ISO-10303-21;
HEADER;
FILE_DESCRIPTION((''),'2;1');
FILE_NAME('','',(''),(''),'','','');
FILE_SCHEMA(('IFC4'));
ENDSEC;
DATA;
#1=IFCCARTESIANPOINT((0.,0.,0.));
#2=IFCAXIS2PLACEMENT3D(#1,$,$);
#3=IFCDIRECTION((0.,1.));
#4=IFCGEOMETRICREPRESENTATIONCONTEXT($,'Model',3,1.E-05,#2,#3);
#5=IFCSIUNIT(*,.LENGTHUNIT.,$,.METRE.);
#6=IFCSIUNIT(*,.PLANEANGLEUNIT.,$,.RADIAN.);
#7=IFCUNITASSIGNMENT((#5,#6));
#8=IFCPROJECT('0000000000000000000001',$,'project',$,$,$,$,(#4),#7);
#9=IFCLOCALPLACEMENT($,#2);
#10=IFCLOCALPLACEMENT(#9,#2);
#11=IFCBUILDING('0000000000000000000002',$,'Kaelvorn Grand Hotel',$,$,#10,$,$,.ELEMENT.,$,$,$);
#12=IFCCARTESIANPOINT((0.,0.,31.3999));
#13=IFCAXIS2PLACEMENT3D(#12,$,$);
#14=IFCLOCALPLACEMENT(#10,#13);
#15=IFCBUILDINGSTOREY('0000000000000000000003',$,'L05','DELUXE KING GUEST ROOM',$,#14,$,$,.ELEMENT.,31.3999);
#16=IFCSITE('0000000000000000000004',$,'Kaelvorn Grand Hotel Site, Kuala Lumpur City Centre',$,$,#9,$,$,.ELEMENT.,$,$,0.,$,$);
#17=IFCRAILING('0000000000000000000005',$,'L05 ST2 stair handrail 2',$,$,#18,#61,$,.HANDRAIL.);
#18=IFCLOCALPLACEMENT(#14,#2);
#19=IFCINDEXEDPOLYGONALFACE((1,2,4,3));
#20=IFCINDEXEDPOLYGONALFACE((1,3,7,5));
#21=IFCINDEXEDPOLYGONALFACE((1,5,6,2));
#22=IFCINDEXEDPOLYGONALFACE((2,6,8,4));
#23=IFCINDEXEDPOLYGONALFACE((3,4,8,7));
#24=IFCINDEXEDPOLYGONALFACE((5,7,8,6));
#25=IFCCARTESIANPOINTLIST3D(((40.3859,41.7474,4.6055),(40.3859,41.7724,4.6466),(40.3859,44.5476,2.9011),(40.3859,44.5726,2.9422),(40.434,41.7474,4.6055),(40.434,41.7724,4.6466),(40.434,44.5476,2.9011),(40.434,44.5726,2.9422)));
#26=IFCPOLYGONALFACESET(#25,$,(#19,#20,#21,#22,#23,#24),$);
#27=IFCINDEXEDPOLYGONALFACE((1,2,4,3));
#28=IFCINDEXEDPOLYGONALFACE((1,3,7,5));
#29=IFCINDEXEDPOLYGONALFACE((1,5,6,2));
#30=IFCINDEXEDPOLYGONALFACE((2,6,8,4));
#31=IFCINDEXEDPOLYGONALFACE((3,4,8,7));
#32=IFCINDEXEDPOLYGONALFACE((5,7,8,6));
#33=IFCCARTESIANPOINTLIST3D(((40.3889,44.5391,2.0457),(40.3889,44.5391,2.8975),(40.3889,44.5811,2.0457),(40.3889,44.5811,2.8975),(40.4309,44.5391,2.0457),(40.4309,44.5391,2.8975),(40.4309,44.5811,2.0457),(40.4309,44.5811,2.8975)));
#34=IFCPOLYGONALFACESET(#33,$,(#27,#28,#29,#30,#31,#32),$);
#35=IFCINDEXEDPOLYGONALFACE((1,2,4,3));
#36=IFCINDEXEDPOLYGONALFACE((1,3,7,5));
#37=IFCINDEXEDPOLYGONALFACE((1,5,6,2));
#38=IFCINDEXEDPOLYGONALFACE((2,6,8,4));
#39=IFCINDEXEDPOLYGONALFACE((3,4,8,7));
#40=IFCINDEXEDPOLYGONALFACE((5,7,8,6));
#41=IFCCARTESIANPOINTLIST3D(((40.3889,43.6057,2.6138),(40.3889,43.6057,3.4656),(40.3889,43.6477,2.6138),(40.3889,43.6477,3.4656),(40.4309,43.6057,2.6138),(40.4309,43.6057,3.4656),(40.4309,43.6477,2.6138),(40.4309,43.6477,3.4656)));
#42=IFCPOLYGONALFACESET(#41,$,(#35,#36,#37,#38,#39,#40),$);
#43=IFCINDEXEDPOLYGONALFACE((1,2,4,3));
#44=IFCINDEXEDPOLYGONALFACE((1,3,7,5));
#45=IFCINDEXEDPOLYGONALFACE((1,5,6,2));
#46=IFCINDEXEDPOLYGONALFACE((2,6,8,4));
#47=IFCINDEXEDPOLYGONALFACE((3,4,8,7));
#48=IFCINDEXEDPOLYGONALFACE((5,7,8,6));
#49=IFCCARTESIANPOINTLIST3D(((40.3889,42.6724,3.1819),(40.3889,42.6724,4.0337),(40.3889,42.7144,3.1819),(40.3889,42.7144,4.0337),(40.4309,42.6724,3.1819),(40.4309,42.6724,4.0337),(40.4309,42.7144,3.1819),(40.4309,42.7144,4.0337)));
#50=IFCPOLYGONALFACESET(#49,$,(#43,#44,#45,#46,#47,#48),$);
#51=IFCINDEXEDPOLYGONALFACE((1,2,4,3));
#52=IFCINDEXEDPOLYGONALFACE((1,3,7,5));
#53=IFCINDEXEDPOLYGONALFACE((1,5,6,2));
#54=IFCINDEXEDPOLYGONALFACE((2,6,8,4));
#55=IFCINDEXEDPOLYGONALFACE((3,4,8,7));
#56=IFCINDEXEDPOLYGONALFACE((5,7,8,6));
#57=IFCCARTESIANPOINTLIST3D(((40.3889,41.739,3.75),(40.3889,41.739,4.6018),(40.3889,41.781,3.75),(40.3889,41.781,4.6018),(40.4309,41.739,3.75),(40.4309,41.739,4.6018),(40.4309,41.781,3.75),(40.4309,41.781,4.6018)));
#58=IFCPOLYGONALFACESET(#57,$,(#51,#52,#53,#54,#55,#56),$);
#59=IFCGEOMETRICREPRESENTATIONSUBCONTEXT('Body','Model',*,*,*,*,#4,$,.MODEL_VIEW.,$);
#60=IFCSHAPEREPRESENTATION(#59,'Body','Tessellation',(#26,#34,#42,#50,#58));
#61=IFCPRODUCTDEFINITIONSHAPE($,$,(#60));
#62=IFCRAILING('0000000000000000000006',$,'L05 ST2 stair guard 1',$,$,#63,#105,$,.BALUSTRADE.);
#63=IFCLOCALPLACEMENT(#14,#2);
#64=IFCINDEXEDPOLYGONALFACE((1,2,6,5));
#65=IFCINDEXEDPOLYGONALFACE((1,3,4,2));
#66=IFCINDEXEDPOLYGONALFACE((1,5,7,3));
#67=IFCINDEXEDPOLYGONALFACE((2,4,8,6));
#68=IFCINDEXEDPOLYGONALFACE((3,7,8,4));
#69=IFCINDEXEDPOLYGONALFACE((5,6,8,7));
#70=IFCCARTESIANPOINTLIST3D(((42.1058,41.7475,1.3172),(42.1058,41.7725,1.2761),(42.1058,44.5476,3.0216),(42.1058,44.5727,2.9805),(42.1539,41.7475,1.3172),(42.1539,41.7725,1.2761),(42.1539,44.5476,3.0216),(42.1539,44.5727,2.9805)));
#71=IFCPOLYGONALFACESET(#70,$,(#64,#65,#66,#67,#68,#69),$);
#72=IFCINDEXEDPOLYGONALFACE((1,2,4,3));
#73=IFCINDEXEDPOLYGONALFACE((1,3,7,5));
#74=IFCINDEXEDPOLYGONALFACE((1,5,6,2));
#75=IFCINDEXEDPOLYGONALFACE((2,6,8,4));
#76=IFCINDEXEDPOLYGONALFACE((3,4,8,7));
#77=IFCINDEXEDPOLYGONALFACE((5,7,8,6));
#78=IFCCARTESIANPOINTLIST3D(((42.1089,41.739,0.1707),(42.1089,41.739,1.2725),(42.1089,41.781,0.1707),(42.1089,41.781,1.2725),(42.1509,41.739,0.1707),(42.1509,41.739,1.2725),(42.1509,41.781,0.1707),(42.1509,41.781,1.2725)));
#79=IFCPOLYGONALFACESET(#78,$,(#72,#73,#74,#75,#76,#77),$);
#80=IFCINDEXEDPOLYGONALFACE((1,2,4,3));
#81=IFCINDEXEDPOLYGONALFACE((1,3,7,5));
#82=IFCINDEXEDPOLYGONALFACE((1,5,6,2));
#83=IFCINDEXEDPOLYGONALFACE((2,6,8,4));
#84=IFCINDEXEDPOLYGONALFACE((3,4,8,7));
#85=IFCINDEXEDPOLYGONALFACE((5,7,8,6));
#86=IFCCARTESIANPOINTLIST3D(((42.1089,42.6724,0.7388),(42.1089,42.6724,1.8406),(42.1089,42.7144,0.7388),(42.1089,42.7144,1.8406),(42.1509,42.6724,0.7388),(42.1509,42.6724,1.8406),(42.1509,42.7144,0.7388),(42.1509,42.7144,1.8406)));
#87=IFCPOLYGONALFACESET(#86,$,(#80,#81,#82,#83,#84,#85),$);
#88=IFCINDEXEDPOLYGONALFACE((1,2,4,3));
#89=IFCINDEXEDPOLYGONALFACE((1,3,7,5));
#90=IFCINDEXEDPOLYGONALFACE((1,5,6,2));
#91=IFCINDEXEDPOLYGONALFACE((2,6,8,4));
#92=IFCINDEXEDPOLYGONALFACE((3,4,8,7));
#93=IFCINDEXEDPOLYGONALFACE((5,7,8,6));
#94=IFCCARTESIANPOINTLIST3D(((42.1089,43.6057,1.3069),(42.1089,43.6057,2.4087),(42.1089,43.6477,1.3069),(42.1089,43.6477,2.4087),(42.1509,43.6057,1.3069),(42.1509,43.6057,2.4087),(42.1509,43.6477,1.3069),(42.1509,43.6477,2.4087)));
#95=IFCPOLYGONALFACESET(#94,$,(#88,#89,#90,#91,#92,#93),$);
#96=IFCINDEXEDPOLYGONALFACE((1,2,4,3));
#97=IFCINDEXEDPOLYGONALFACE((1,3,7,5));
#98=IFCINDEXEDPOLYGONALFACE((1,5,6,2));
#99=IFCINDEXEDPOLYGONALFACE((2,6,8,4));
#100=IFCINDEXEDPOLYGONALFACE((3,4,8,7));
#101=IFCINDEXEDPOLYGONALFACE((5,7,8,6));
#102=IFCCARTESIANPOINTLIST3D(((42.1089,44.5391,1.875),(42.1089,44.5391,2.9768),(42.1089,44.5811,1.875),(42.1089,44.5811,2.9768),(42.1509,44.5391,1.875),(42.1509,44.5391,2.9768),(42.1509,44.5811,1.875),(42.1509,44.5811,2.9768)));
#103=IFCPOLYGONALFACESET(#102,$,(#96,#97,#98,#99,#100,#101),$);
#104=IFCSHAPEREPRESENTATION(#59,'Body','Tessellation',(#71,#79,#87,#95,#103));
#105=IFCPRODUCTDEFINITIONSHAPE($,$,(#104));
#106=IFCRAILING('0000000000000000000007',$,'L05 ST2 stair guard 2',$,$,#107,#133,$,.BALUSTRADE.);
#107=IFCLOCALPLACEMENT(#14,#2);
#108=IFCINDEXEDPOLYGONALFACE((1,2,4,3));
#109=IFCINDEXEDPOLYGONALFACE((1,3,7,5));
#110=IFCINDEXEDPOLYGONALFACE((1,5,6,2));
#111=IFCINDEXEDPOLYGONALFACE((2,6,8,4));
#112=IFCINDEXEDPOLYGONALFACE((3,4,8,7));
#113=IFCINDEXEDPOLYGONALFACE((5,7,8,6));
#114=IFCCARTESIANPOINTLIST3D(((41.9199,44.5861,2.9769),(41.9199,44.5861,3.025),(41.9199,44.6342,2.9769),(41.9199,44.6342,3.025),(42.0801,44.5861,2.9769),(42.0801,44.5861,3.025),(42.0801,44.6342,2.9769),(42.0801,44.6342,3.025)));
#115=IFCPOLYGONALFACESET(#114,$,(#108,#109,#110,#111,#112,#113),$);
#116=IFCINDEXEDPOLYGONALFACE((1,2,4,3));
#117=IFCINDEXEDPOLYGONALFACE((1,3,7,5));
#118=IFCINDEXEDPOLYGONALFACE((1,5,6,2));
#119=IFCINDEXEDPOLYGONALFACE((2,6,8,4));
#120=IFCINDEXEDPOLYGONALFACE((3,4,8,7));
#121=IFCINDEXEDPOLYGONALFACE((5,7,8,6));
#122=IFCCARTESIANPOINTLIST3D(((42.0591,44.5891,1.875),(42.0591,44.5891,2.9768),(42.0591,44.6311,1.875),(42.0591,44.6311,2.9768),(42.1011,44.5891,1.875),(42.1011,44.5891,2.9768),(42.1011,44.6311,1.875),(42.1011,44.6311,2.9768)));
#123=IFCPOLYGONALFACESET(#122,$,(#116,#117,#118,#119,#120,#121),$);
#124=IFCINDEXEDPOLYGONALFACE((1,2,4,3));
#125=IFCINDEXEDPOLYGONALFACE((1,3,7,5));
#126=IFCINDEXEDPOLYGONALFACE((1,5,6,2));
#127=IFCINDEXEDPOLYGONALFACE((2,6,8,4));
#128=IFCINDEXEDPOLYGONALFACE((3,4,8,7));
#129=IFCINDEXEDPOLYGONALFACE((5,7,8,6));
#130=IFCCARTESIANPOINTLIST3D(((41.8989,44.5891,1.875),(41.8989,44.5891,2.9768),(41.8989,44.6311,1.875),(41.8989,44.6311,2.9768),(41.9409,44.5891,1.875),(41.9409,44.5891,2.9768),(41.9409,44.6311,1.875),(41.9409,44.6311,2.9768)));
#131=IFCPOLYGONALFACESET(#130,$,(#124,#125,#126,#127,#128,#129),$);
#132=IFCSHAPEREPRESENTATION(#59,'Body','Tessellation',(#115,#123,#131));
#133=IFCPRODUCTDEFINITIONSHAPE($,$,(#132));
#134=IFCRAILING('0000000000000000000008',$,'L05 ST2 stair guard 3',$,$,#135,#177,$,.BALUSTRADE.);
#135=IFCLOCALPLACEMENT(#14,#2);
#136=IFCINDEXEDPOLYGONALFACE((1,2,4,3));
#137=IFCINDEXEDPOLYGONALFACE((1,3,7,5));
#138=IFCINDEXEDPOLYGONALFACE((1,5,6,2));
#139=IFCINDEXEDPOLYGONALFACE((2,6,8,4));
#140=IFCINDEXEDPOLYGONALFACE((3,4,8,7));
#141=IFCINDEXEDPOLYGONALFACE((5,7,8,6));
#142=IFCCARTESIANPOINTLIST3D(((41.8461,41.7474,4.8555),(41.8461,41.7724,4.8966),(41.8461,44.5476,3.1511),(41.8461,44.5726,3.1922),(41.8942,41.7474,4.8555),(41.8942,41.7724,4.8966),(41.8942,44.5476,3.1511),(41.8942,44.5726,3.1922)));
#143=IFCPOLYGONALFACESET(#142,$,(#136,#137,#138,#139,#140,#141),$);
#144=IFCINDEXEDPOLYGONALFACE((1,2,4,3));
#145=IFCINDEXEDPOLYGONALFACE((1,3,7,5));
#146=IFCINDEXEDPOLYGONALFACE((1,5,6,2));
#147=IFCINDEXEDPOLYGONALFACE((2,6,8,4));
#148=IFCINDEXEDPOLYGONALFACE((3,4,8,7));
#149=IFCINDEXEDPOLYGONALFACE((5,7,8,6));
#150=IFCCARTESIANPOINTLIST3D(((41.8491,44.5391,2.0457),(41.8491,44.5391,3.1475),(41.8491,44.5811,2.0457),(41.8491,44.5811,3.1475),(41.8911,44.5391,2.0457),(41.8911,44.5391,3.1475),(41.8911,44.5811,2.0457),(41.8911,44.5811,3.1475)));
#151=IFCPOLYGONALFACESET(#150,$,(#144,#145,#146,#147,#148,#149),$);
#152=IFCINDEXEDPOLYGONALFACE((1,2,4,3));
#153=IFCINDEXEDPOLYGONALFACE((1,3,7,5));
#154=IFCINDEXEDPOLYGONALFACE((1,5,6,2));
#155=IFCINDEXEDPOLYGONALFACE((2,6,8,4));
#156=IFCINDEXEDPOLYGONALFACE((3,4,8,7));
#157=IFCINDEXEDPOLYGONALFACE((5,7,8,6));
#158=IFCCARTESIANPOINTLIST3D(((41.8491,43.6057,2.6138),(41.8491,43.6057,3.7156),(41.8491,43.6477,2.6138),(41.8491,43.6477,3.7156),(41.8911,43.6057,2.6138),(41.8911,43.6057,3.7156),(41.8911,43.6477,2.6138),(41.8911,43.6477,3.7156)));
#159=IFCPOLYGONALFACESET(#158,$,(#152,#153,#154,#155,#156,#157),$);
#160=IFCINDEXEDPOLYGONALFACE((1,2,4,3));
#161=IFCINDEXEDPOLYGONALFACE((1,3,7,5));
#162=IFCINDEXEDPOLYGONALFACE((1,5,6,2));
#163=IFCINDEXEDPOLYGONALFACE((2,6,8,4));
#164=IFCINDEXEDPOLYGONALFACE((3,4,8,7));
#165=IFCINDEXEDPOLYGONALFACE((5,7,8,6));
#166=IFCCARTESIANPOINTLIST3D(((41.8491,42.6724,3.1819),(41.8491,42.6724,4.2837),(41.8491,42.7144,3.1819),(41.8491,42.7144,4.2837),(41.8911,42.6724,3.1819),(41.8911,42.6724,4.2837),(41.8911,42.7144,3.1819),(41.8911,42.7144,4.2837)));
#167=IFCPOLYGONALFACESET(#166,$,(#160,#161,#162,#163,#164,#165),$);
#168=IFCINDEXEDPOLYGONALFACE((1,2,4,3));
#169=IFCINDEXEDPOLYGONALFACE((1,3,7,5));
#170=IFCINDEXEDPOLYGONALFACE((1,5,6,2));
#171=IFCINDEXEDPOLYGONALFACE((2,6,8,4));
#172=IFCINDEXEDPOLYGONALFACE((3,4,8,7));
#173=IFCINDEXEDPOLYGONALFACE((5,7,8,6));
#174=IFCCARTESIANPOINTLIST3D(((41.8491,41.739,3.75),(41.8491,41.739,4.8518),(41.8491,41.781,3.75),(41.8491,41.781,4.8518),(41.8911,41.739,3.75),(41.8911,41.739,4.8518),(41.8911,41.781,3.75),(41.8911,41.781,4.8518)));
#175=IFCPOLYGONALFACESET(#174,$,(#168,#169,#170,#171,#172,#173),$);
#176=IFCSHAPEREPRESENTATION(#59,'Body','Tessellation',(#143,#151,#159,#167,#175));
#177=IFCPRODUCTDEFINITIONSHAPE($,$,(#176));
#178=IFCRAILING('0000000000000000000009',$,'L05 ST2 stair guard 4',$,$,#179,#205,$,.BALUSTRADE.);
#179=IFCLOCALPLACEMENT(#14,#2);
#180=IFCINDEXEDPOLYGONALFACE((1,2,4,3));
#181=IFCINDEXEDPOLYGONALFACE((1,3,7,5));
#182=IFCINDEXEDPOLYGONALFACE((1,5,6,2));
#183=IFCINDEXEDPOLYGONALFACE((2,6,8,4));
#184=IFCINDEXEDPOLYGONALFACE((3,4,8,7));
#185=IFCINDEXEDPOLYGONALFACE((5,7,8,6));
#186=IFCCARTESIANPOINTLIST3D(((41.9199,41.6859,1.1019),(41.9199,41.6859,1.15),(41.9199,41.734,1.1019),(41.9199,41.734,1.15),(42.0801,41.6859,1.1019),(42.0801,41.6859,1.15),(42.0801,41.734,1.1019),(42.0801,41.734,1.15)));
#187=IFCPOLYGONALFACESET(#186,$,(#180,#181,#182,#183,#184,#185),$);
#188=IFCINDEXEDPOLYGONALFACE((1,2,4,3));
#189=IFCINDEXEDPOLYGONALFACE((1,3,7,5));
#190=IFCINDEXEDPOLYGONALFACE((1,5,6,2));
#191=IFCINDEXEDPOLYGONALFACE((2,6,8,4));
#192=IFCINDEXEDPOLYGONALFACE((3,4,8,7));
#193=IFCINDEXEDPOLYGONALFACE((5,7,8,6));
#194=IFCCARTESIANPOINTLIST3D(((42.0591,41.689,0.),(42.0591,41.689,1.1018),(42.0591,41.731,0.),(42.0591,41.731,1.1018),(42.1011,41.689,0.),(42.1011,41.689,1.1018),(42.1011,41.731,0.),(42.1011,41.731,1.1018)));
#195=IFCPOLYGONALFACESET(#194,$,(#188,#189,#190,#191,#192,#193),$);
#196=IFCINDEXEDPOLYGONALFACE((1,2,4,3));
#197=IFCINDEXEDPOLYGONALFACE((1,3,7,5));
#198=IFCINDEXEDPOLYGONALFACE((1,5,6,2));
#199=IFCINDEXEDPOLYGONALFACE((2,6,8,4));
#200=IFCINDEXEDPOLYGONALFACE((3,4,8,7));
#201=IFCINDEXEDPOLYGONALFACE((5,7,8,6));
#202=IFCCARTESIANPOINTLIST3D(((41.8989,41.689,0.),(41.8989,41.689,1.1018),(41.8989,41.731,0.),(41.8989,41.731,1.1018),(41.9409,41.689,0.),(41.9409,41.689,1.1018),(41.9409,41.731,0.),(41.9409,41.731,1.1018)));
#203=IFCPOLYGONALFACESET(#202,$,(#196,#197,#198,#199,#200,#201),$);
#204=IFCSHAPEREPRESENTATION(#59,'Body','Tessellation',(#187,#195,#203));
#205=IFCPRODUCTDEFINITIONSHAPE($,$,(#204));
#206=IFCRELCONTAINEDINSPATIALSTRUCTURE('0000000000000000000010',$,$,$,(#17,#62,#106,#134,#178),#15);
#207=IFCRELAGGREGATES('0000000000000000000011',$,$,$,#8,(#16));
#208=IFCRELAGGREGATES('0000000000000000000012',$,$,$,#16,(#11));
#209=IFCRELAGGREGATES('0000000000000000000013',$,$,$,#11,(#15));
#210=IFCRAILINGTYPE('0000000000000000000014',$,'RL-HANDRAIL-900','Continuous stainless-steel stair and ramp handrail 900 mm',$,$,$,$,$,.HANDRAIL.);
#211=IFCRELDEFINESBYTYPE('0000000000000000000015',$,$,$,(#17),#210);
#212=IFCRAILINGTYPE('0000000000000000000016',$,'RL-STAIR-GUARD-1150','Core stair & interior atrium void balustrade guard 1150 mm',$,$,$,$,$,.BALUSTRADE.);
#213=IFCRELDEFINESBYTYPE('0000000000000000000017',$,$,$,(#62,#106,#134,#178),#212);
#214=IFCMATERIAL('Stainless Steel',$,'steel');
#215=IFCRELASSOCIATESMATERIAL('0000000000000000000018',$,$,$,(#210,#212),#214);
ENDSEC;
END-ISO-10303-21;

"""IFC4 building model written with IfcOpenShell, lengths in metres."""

from ifc_helpers import new_model, si_unit, direction, frame, origin, origin_2d, place, context, subcontext, project, spatial, rectangle, extrude, material, type_object, element, save


model = new_model("IFC4")

# Units and contexts
model_context = context("Model", 3, precision=1e-05, world=origin(), true_north=direction((0.0, 1.0)))
body_context = subcontext(model_context, "Body", "Model", "MODEL_VIEW")
ifc_project = project(units=[si_unit("LENGTHUNIT", "METRE"), si_unit("PLANEANGLEUNIT", "RADIAN")], contexts=[model_context])

# Site, building, storey
site_placement = place(None, origin())
site = spatial("IfcSite", under=ifc_project, at=site_placement, Name="Kaelvorn Grand Hotel Site, Kuala Lumpur City Centre", CompositionType="ELEMENT", RefElevation=0.0)
building_placement = place(site_placement, origin())
building = spatial("IfcBuilding", under=site, at=building_placement, Name="Kaelvorn Grand Hotel", CompositionType="ELEMENT")
storey_placement = place(building_placement, frame((0.0, 0.0, 31.3999)))
storey = spatial("IfcBuildingStorey", under=building, at=storey_placement, Name="L05", Description="DELUXE KING GUEST ROOM", CompositionType="ELEMENT", Elevation=31.3999)

# Railings
ifc_material_1 = material(Name="Stainless Steel", Category="steel")
railing_type_1 = type_object("IfcRailingType", Name="RL-HANDRAIL-900", Description="Continuous stainless-steel stair and ramp handrail 900 mm", PredefinedType="HANDRAIL", material=ifc_material_1)
railing_1_placement = place(storey_placement, frame((40.4099, 44.5601, 2.0457)))
element("IfcRailing", 1, at=railing_1_placement, inside=storey, type_object=railing_type_1, Name="L05 ST2 stair handrail 2", PredefinedType="HANDRAIL", context=body_context, shape_type="SweptSolid", body=[
    extrude(rectangle(XDim=0.0481, YDim=0.0481, at=origin_2d()), frame((0.0, 0.0, 0.876), z_axis=(0.0, -0.854203, 0.51994), x_axis=(1.0, 0.0, 0.0)), (0.0, 0.0, 1.0), 3.2781),
    extrude(rectangle(XDim=0.042, YDim=0.042, at=origin_2d()), origin(), (0.0, 0.0, 1.0), 0.8518),
    extrude(rectangle(XDim=0.042, YDim=0.042, at=origin_2d()), frame((0.0, -0.9333, 0.5681)), (0.0, 0.0, 1.0), 0.8518),
    extrude(rectangle(XDim=0.042, YDim=0.042, at=origin_2d()), frame((0.0, -1.8667, 1.1362)), (0.0, 0.0, 1.0), 0.8518),
    extrude(rectangle(XDim=0.042, YDim=0.042, at=origin_2d()), frame((0.0, -2.8, 1.7043)), (0.0, 0.0, 1.0), 0.8518),
])
railing_type_2 = type_object("IfcRailingType", Name="RL-STAIR-GUARD-1150", Description="Core stair & interior atrium void balustrade guard 1150 mm", PredefinedType="BALUSTRADE", material=ifc_material_1)
railing_2_placement = place(storey_placement, frame((42.1299, 41.76, 0.1707)))
element("IfcRailing", 2, at=railing_2_placement, inside=storey, type_object=railing_type_2, Name="L05 ST2 stair guard 1", PredefinedType="BALUSTRADE", context=body_context, shape_type="SweptSolid", body=[
    extrude(rectangle(XDim=0.0481, YDim=0.0481, at=origin_2d()), frame((0.0, 0.0, 1.126), z_axis=(0.0, 0.854203, 0.51994), x_axis=(-1.0, 0.0, 0.0)), (0.0, 0.0, 1.0), 3.2781),
    extrude(rectangle(XDim=0.042, YDim=0.042, at=origin_2d()), origin(), (0.0, 0.0, 1.0), 1.1018),
    extrude(rectangle(XDim=0.042, YDim=0.042, at=origin_2d()), frame((0.0, 0.9333, 0.5681)), (0.0, 0.0, 1.0), 1.1018),
    extrude(rectangle(XDim=0.042, YDim=0.042, at=origin_2d()), frame((0.0, 1.8667, 1.1362)), (0.0, 0.0, 1.0), 1.1018),
    extrude(rectangle(XDim=0.042, YDim=0.042, at=origin_2d()), frame((0.0, 2.8, 1.7043)), (0.0, 0.0, 1.0), 1.1018),
])
railing_3_placement = place(storey_placement, frame((42.0801, 44.6101, 1.875)))
element("IfcRailing", 3, at=railing_3_placement, inside=storey, type_object=railing_type_2, Name="L05 ST2 stair guard 2", PredefinedType="BALUSTRADE", context=body_context, shape_type="SweptSolid", body=[
    extrude(rectangle(XDim=0.0481, YDim=0.0481, at=origin_2d()), frame((0.0, 0.0, 1.126), z_axis=(-1.0, 0.0, 0.0), x_axis=(0.0, -1.0, 0.0)), (0.0, 0.0, 1.0), 0.1602),
    extrude(rectangle(XDim=0.042, YDim=0.042, at=origin_2d()), origin(), (0.0, 0.0, 1.0), 1.1018),
    extrude(rectangle(XDim=0.042, YDim=0.042, at=origin_2d()), frame((-0.1602, 0.0, 0.0)), (0.0, 0.0, 1.0), 1.1018),
])
railing_4_placement = place(storey_placement, frame((41.8701, 44.5601, 2.0457)))
element("IfcRailing", 4, at=railing_4_placement, inside=storey, type_object=railing_type_2, Name="L05 ST2 stair guard 3", PredefinedType="BALUSTRADE", context=body_context, shape_type="SweptSolid", body=[
    extrude(rectangle(XDim=0.0481, YDim=0.0481, at=origin_2d()), frame((0.0, 0.0, 1.126), z_axis=(0.0, -0.854203, 0.51994), x_axis=(1.0, 0.0, 0.0)), (0.0, 0.0, 1.0), 3.2781),
    extrude(rectangle(XDim=0.042, YDim=0.042, at=origin_2d()), origin(), (0.0, 0.0, 1.0), 1.1018),
    extrude(rectangle(XDim=0.042, YDim=0.042, at=origin_2d()), frame((0.0, -0.9333, 0.5681)), (0.0, 0.0, 1.0), 1.1018),
    extrude(rectangle(XDim=0.042, YDim=0.042, at=origin_2d()), frame((0.0, -1.8667, 1.1362)), (0.0, 0.0, 1.0), 1.1018),
    extrude(rectangle(XDim=0.042, YDim=0.042, at=origin_2d()), frame((0.0, -2.8, 1.7043)), (0.0, 0.0, 1.0), 1.1018),
])
railing_5_placement = place(storey_placement, frame((42.0801, 41.71, 0.0)))
element("IfcRailing", 5, at=railing_5_placement, inside=storey, type_object=railing_type_2, Name="L05 ST2 stair guard 4", PredefinedType="BALUSTRADE", context=body_context, shape_type="SweptSolid", body=[
    extrude(rectangle(XDim=0.0481, YDim=0.0481, at=origin_2d()), frame((0.0, 0.0, 1.126), z_axis=(-1.0, 0.0, 0.0), x_axis=(0.0, -1.0, 0.0)), (0.0, 0.0, 1.0), 0.1602),
    extrude(rectangle(XDim=0.042, YDim=0.042, at=origin_2d()), origin(), (0.0, 0.0, 1.0), 1.1018),
    extrude(rectangle(XDim=0.042, YDim=0.042, at=origin_2d()), frame((-0.1602, 0.0, 0.0)), (0.0, 0.0, 1.0), 1.1018),
])

save(model, "model.ifc")
